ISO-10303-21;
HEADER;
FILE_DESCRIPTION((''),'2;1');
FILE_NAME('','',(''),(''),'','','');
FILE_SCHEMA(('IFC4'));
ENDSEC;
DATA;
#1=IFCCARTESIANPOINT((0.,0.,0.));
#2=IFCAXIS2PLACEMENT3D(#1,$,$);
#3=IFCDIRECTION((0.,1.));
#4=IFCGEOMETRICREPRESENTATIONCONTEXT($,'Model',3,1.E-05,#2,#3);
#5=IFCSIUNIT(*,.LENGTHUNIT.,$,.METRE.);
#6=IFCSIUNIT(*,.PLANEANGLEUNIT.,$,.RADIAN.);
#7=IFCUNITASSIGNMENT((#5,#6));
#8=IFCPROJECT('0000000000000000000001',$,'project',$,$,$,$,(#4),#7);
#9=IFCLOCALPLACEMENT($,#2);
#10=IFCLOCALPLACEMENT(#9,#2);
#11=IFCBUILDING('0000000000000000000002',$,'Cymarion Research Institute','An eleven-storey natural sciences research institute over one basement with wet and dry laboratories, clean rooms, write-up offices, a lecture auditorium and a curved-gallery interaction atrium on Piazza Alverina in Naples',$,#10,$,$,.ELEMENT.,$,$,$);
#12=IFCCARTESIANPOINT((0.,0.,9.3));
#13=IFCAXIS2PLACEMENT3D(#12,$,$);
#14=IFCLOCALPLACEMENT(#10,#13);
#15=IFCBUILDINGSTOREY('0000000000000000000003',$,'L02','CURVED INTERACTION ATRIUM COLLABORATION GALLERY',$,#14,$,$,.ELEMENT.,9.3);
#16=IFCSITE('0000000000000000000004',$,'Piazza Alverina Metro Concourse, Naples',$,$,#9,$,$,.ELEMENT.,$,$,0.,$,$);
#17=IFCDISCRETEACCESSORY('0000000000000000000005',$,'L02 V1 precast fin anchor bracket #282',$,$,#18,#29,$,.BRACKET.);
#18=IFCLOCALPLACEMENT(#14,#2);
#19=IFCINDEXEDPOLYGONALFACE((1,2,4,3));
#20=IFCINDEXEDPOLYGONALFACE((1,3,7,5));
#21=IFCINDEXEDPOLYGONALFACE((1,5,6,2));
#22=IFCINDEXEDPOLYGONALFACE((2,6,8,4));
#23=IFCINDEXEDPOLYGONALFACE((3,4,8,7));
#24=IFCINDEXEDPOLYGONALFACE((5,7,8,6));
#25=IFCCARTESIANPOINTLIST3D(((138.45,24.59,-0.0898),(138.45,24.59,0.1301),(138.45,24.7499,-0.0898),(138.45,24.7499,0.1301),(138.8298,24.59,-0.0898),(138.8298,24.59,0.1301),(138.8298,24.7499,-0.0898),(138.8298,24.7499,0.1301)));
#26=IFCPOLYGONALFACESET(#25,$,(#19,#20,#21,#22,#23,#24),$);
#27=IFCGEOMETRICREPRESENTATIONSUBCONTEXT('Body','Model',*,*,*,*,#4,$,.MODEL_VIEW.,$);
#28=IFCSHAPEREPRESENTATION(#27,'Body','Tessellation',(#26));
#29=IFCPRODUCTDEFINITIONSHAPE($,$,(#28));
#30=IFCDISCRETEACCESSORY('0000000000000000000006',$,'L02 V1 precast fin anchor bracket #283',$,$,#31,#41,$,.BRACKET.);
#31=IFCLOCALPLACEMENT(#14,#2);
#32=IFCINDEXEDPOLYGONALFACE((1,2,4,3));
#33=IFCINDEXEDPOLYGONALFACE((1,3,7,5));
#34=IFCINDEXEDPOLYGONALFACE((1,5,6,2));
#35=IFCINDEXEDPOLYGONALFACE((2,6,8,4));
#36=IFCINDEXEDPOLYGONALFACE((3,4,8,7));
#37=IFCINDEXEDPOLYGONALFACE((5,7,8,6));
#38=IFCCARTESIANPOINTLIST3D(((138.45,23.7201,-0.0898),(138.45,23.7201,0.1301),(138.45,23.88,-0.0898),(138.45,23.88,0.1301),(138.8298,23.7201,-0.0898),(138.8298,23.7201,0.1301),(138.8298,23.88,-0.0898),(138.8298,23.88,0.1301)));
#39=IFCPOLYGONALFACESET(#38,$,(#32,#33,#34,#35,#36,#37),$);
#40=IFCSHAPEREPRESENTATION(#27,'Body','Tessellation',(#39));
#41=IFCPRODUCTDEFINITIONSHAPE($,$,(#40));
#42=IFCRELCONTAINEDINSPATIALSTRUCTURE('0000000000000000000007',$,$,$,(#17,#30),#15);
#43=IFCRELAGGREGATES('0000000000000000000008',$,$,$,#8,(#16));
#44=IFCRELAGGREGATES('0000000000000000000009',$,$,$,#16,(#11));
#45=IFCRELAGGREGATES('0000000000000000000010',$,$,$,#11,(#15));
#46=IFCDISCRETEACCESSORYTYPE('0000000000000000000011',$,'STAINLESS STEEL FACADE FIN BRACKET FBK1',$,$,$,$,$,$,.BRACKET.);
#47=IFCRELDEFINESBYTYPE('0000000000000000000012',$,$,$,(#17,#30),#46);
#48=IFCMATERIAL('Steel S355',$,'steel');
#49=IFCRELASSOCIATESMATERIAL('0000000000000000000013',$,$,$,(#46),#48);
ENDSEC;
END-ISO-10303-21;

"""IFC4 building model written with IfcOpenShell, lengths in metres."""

from ifc_helpers import new_model, si_unit, direction, frame, origin, origin_2d, place, context, subcontext, project, spatial, rectangle, extrude, material, type_object, element, save


model = new_model("IFC4")

# Units and contexts
model_context = context("Model", 3, precision=1e-05, world=origin(), true_north=direction((0.0, 1.0)))
body_context = subcontext(model_context, "Body", "Model", "MODEL_VIEW")
ifc_project = project(units=[si_unit("LENGTHUNIT", "METRE"), si_unit("PLANEANGLEUNIT", "RADIAN")], contexts=[model_context])

# Site, building, storey
site_placement = place(None, origin())
site = spatial("IfcSite", under=ifc_project, at=site_placement, Name="Piazza Alverina Metro Concourse, Naples", CompositionType="ELEMENT", RefElevation=0.0)
building_placement = place(site_placement, origin())
building = spatial("IfcBuilding", under=site, at=building_placement, Name="Cymarion Research Institute", Description="An eleven-storey natural sciences research institute over one basement with wet and dry laboratories, clean rooms, write-up offices, a lecture auditorium and a curved-gallery interaction atrium on Piazza Alverina in Naples", CompositionType="ELEMENT")
storey_placement = place(building_placement, frame((0.0, 0.0, 9.3)))
storey = spatial("IfcBuildingStorey", under=building, at=storey_placement, Name="L02", Description="CURVED INTERACTION ATRIUM COLLABORATION GALLERY", CompositionType="ELEMENT", Elevation=9.3)

# Shared definitions
ifc_material_1 = material(Name="Steel S355", Category="steel")

# Discrete accessories
discrete_accessory_type = type_object("IfcDiscreteAccessoryType", Name="STAINLESS STEEL FACADE FIN BRACKET FBK1", PredefinedType="BRACKET", material=ifc_material_1)
for number, where, z_axis, x_axis, name in (
    (1, (138.6399, 24.6699, -0.0898), (0.0, 0.0, 1.0), (-1.0, 0.0, 0.0), "L02 V1 precast fin anchor bracket #282"),
    (2, (138.6399, 23.8, -0.0898), (0.0, 0.0, 1.0), (-1.0, 0.0, 0.0), "L02 V1 precast fin anchor bracket #283"),
):
    element("IfcDiscreteAccessory", number, at=place(storey_placement, frame(where, z_axis=z_axis, x_axis=x_axis)), inside=storey, type_object=discrete_accessory_type, Name=name, PredefinedType="BRACKET", context=body_context, shape_type="SweptSolid", body=[
        extrude(rectangle(XDim=0.3799, YDim=0.1599, at=origin_2d()), origin(), (0.0, 0.0, 1.0), 0.22),
    ])

save(model, "model.ifc")
